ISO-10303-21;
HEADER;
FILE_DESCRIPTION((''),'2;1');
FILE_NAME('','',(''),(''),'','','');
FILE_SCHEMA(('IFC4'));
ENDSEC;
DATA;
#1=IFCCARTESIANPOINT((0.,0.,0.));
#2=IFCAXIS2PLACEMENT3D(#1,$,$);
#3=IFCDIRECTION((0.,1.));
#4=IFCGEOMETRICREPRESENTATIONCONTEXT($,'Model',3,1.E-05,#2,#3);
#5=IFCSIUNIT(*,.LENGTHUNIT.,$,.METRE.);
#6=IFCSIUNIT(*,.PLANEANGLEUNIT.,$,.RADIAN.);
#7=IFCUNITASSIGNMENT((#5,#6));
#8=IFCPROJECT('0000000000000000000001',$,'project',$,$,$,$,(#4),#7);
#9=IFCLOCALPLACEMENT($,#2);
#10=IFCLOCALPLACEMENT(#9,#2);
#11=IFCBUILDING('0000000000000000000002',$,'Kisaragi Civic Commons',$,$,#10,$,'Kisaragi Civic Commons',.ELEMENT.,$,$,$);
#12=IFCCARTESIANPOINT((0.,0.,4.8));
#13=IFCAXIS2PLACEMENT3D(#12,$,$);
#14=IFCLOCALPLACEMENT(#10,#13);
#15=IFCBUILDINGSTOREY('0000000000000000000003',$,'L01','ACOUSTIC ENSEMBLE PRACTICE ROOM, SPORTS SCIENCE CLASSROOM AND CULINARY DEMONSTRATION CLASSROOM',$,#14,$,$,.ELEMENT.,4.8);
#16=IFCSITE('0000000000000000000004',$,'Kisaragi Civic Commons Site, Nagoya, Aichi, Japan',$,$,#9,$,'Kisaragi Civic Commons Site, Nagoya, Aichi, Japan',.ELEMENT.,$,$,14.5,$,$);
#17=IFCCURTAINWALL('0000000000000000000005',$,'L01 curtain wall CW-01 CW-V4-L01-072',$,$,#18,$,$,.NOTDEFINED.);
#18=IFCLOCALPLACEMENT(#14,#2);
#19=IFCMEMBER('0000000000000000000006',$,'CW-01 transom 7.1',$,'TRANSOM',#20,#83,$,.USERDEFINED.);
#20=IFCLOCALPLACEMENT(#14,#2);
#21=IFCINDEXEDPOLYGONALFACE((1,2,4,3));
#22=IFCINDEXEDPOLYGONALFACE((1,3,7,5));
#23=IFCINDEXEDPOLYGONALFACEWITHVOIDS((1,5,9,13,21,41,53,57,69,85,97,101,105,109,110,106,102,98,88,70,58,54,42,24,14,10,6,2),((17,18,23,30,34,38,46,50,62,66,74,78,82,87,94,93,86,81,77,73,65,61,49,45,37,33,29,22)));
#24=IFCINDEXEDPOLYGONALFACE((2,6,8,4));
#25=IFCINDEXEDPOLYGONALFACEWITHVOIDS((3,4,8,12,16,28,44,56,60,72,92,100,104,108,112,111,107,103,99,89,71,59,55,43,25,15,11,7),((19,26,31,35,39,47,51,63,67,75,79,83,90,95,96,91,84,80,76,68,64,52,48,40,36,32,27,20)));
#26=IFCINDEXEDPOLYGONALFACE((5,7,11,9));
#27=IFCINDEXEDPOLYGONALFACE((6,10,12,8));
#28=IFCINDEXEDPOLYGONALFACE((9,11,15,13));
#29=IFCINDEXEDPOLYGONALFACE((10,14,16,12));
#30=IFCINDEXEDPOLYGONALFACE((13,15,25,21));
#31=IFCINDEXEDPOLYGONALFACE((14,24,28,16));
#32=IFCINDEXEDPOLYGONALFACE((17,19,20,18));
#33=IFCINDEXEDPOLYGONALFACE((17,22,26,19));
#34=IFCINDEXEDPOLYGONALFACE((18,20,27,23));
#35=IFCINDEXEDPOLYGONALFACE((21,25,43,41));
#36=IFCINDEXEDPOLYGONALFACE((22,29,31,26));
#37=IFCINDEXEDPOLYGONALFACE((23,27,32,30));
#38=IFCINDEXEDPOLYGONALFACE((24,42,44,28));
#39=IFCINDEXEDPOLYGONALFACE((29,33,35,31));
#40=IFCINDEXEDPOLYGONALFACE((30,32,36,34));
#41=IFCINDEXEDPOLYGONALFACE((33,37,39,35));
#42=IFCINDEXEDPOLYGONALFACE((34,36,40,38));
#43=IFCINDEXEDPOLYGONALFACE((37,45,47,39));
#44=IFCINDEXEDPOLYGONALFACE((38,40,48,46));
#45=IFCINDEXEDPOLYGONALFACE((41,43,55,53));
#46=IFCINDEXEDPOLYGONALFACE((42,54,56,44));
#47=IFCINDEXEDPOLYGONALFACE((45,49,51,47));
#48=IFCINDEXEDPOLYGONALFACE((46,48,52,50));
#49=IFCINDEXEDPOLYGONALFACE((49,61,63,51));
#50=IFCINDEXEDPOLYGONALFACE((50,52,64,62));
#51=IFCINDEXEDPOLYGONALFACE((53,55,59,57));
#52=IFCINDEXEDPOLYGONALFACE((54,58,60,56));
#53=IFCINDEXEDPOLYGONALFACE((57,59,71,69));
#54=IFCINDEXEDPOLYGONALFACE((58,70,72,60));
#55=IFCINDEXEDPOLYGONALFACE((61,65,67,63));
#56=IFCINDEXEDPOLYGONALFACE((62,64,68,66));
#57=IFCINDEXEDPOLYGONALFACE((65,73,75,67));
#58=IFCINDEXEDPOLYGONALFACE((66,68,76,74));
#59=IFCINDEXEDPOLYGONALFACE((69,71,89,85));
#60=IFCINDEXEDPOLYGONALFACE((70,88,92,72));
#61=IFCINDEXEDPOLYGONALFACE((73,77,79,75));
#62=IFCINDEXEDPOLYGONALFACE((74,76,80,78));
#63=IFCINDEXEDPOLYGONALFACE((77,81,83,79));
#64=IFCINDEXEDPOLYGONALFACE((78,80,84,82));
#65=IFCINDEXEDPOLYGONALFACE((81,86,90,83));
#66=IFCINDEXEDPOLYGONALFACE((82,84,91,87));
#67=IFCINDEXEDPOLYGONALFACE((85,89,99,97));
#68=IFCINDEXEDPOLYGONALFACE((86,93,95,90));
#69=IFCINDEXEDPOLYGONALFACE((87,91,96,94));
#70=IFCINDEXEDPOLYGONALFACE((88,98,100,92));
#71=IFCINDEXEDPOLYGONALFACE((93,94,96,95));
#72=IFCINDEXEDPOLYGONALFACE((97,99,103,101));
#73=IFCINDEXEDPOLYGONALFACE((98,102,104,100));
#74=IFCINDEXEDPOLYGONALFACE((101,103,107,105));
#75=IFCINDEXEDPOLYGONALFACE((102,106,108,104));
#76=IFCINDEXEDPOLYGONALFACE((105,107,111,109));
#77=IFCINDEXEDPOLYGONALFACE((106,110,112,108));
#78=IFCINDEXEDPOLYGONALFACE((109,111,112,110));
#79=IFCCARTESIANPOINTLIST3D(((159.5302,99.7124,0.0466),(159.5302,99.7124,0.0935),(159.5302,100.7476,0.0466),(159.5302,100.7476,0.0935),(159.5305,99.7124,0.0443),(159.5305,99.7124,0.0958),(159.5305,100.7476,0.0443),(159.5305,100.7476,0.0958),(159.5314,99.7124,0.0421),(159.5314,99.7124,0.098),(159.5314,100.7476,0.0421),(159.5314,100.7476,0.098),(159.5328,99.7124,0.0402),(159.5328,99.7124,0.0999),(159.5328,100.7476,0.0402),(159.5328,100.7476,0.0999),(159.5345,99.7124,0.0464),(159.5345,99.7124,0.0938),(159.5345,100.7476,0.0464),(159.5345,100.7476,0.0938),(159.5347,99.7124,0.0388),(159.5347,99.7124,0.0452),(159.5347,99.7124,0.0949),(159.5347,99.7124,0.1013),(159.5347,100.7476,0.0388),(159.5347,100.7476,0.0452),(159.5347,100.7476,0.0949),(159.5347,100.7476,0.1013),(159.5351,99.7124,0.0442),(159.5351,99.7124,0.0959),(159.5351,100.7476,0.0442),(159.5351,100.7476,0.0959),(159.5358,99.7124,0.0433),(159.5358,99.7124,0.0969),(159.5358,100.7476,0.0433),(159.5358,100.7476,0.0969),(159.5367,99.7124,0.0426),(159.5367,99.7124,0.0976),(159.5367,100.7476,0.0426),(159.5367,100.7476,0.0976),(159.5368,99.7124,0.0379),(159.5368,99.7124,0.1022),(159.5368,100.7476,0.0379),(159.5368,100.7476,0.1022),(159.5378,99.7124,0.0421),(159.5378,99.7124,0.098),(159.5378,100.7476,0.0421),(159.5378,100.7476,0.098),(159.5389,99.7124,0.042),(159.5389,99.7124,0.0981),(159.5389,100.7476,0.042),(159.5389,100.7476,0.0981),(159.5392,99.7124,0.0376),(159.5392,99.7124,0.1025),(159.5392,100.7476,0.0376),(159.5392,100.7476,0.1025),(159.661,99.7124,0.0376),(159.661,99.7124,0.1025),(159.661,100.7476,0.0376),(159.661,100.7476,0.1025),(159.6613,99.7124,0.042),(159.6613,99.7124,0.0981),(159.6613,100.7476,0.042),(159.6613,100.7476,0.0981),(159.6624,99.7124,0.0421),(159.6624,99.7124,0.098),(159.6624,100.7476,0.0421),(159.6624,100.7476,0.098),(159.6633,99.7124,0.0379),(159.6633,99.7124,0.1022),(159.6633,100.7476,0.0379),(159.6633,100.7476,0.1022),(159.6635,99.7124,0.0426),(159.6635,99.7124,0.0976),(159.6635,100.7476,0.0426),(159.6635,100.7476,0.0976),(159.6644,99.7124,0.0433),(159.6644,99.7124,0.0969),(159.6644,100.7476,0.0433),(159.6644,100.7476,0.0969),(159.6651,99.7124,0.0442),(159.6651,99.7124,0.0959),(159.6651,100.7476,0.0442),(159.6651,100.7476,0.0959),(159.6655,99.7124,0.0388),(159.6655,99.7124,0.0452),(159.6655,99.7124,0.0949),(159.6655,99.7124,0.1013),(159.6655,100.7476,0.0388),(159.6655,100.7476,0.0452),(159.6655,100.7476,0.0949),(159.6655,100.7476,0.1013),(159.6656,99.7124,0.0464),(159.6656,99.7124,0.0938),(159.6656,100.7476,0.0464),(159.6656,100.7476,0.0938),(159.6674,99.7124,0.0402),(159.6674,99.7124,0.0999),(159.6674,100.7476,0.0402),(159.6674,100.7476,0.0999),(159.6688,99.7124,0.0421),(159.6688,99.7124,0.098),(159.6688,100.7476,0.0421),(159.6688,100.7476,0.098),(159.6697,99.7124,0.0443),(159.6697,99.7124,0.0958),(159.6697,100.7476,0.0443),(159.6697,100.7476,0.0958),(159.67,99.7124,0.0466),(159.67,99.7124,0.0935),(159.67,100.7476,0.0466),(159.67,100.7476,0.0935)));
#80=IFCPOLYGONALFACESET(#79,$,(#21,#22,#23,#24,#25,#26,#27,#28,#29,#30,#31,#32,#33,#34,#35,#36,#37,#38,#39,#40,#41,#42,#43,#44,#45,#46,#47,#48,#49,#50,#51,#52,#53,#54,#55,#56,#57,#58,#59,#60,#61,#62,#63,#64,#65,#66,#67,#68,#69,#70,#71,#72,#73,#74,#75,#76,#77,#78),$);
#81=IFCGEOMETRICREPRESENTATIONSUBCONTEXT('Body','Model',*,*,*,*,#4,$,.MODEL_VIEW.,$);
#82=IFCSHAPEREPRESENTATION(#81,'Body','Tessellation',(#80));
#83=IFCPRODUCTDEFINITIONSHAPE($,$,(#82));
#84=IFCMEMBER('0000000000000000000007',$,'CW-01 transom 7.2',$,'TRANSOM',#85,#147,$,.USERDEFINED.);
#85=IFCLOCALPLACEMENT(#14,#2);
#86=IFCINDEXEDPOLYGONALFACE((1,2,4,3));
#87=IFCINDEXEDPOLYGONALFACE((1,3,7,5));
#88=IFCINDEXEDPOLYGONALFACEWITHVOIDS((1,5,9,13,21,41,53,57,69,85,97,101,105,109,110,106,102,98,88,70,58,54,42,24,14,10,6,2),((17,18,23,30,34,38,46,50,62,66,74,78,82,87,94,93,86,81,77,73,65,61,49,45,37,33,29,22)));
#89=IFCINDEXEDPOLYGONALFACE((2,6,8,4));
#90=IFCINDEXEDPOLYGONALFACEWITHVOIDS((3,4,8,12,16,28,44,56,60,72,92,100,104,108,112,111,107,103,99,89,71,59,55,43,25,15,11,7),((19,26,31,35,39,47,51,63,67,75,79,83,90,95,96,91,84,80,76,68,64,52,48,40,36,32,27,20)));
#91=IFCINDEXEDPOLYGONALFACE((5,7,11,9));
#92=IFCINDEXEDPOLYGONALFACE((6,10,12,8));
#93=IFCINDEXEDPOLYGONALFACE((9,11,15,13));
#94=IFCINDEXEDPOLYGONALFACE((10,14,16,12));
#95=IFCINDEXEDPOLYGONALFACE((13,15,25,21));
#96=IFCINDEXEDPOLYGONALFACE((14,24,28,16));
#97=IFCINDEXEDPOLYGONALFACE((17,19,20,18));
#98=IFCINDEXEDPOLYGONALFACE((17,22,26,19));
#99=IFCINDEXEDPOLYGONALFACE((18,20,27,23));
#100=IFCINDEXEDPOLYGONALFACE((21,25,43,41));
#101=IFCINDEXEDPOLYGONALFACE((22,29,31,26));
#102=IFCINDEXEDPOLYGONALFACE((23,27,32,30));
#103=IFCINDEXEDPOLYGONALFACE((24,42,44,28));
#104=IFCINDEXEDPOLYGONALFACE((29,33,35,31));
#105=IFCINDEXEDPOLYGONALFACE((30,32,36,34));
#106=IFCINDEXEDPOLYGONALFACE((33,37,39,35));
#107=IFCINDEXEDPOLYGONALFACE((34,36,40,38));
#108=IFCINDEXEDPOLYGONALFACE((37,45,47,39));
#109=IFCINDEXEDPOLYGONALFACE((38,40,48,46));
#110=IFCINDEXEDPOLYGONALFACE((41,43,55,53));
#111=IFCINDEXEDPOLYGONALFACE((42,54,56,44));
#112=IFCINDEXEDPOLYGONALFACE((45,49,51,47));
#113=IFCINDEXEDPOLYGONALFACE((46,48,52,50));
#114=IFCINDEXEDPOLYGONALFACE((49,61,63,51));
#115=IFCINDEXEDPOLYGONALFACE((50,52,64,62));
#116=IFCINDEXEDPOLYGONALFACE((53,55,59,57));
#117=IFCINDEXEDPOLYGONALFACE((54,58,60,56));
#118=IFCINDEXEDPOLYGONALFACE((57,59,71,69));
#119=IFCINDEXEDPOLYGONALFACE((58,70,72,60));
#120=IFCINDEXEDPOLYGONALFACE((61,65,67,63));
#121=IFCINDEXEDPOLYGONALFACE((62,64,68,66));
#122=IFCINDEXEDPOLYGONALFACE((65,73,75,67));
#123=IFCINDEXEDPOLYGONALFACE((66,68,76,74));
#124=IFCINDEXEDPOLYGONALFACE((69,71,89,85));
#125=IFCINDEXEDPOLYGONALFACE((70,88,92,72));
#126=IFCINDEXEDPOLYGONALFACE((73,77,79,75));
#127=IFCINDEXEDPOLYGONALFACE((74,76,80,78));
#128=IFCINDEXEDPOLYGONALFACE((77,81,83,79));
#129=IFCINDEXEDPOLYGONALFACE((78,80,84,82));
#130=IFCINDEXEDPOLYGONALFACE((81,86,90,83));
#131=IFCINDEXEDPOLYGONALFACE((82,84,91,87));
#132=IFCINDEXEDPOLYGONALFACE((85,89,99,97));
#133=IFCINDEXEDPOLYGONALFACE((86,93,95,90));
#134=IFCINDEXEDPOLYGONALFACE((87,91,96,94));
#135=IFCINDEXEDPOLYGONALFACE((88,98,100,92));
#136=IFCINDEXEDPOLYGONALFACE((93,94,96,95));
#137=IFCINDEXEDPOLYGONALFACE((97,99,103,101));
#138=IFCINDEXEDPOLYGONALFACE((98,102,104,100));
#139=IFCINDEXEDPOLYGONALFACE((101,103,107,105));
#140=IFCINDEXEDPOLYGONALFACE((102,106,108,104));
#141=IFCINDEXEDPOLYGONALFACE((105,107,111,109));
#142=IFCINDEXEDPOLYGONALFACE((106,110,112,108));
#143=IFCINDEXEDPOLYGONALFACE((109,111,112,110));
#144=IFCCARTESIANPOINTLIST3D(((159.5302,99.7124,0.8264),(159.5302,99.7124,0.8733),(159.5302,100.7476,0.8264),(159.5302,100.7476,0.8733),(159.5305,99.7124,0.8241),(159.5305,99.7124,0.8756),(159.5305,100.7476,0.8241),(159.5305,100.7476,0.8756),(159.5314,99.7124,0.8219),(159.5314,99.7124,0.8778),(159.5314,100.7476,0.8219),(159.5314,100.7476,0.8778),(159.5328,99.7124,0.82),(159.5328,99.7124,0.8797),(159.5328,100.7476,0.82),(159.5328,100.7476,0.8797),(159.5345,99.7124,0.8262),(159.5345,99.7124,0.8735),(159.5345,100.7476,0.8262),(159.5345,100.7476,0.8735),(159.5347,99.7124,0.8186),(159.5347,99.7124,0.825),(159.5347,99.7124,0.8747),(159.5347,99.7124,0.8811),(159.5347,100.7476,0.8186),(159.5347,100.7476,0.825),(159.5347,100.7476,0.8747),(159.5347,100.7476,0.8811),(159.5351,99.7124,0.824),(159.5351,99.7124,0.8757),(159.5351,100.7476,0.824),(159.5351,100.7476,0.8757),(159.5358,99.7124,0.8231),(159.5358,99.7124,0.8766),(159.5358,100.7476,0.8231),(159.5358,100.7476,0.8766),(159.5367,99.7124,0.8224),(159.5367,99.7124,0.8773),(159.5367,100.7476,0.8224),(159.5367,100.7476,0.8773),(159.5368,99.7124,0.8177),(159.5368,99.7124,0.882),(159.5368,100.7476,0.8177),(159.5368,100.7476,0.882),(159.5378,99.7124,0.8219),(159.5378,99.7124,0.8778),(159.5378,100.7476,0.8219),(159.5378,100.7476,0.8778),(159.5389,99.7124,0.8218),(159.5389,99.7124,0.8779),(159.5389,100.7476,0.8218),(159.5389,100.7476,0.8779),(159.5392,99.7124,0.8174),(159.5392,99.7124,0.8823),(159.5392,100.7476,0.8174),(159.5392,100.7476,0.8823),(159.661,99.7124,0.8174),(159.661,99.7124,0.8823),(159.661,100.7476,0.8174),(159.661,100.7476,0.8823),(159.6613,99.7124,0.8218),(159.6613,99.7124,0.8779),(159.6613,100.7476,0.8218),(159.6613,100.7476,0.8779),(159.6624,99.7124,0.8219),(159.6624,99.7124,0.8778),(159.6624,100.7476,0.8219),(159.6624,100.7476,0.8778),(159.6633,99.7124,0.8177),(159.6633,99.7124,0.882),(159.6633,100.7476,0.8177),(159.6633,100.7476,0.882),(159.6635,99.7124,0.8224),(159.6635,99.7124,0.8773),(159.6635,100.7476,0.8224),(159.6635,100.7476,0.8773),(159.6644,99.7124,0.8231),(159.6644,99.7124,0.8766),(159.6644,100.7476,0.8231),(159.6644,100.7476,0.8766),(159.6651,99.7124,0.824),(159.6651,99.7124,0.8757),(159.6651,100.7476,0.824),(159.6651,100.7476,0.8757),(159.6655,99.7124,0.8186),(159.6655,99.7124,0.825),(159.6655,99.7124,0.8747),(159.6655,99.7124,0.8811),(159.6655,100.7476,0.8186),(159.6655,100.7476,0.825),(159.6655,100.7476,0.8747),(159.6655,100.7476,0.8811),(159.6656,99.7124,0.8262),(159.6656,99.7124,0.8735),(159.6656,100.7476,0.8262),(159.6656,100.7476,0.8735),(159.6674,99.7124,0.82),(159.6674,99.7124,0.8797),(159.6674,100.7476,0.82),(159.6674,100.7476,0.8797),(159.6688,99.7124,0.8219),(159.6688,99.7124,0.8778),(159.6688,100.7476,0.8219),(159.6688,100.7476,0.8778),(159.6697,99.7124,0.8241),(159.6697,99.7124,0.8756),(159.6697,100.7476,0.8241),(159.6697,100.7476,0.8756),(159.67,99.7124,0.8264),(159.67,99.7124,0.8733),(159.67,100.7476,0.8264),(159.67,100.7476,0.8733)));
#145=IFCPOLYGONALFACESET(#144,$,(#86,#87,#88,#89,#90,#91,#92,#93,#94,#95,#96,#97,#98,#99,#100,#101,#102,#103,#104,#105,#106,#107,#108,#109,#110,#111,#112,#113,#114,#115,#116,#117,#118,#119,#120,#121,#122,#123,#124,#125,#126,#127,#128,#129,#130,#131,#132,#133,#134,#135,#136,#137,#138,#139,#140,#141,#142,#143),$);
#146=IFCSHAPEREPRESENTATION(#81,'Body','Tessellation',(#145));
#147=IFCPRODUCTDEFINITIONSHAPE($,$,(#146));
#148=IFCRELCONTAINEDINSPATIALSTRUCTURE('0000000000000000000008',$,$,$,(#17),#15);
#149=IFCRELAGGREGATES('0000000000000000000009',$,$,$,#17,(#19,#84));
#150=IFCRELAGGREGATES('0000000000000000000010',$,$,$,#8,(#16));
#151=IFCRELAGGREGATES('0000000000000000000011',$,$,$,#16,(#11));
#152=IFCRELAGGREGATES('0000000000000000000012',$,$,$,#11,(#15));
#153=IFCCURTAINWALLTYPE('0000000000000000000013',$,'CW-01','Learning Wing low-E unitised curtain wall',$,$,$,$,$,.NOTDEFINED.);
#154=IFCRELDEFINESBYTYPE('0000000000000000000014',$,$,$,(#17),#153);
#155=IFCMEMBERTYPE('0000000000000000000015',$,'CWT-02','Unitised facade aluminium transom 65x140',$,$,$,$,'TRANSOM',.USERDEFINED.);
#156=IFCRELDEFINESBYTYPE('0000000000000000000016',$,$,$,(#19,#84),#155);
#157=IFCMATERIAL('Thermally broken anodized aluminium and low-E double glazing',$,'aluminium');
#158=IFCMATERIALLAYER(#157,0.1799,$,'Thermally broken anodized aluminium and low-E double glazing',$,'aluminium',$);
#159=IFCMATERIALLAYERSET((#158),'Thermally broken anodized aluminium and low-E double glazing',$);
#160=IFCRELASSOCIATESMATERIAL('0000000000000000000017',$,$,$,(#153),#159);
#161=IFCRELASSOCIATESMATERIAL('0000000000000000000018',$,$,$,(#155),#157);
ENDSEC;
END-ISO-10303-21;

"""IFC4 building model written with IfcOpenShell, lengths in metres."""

from ifc_helpers import new_model, si_unit, direction, frame, origin, origin_2d, place, context, subcontext, project, spatial, hollow_rectangle, extrude, material, layer, layer_set, material_profile, profile_set, type_object, element, aggregate, save


model = new_model("IFC4")

# Units and contexts
model_context = context("Model", 3, precision=1e-05, world=origin(), true_north=direction((0.0, 1.0)))
body_context = subcontext(model_context, "Body", "Model", "MODEL_VIEW")
ifc_project = project(units=[si_unit("LENGTHUNIT", "METRE"), si_unit("PLANEANGLEUNIT", "RADIAN")], contexts=[model_context])

# Site, building, storey
site_placement = place(None, origin())
site = spatial("IfcSite", under=ifc_project, at=site_placement, Name="Kisaragi Civic Commons Site, Nagoya, Aichi, Japan", LongName="Kisaragi Civic Commons Site, Nagoya, Aichi, Japan", CompositionType="ELEMENT", RefElevation=14.5)
building_placement = place(site_placement, origin())
building = spatial("IfcBuilding", under=site, at=building_placement, Name="Kisaragi Civic Commons", LongName="Kisaragi Civic Commons", CompositionType="ELEMENT")
storey_placement = place(building_placement, frame((0.0, 0.0, 4.8)))
storey = spatial("IfcBuildingStorey", under=building, at=storey_placement, Name="L01", Description="ACOUSTIC ENSEMBLE PRACTICE ROOM, SPORTS SCIENCE CLASSROOM AND CULINARY DEMONSTRATION CLASSROOM", CompositionType="ELEMENT", Elevation=4.8)

# Curtain wall, members
ifc_material = material(Name="Thermally broken anodized aluminium and low-E double glazing", Category="aluminium")
ifc_layer_1 = layer(ifc_material, 0.1799, Name="Thermally broken anodized aluminium and low-E double glazing", Category="aluminium")
ifc_layer_set_1 = layer_set([ifc_layer_1], Name="Thermally broken anodized aluminium and low-E double glazing")
curtain_wall_type = type_object("IfcCurtainWallType", Name="CW-01", Description="Learning Wing low-E unitised curtain wall", PredefinedType="NOTDEFINED", material=ifc_layer_set_1)
curtain_wall_placement = place(storey_placement, origin())
curtain_wall = element("IfcCurtainWall", 1, at=curtain_wall_placement, inside=storey, type_object=curtain_wall_type, Name="L01 curtain wall CW-01 CW-V4-L01-072", PredefinedType="NOTDEFINED")
ifc_material_profile_1 = material_profile(ifc_material, hollow_rectangle(XDim=0.1399, YDim=0.0649, WallThickness=0.0044, InnerFilletRadius=0.0044, OuterFilletRadius=0.009, at=origin_2d()), Name="CWT-65x140x4.5", Category="aluminium")
ifc_profile_set_1 = profile_set([ifc_material_profile_1], Name="Thermally broken anodized aluminium and low-E double glazing")
member_type_1 = type_object("IfcMemberType", Name="CWT-02", Description="Unitised facade aluminium transom 65x140", ElementType="TRANSOM", PredefinedType="USERDEFINED", material=ifc_profile_set_1)
member_1_placement = place(storey_placement, frame((159.6001, 100.7476, 0.0701), z_axis=(0.0, -1.0, 0.0), x_axis=(1.0, 0.0, 0.0)))
member_1 = element("IfcMember", 2, at=member_1_placement, type_object=member_type_1, Name="CW-01 transom 7.1", ObjectType="TRANSOM", PredefinedType="USERDEFINED", context=body_context, shape_type="SweptSolid", body=[
    extrude(hollow_rectangle(XDim=0.1399, YDim=0.0649, WallThickness=0.0044, InnerFilletRadius=0.0044, OuterFilletRadius=0.009, at=origin_2d()), origin(), (0.0, 0.0, 1.0), 1.0352),
])
member_2_placement = place(storey_placement, frame((159.6001, 100.7476, 0.8499), z_axis=(0.0, -1.0, 0.0), x_axis=(1.0, 0.0, 0.0)))
member_2 = element("IfcMember", 3, at=member_2_placement, type_object=member_type_1, Name="CW-01 transom 7.2", ObjectType="TRANSOM", PredefinedType="USERDEFINED", context=body_context, shape_type="SweptSolid", body=[
    extrude(hollow_rectangle(XDim=0.1399, YDim=0.0649, WallThickness=0.0044, InnerFilletRadius=0.0044, OuterFilletRadius=0.009, at=origin_2d()), origin(), (0.0, 0.0, 1.0), 1.0352),
])
aggregate(curtain_wall, [member_1, member_2])

save(model, "model.ifc")
